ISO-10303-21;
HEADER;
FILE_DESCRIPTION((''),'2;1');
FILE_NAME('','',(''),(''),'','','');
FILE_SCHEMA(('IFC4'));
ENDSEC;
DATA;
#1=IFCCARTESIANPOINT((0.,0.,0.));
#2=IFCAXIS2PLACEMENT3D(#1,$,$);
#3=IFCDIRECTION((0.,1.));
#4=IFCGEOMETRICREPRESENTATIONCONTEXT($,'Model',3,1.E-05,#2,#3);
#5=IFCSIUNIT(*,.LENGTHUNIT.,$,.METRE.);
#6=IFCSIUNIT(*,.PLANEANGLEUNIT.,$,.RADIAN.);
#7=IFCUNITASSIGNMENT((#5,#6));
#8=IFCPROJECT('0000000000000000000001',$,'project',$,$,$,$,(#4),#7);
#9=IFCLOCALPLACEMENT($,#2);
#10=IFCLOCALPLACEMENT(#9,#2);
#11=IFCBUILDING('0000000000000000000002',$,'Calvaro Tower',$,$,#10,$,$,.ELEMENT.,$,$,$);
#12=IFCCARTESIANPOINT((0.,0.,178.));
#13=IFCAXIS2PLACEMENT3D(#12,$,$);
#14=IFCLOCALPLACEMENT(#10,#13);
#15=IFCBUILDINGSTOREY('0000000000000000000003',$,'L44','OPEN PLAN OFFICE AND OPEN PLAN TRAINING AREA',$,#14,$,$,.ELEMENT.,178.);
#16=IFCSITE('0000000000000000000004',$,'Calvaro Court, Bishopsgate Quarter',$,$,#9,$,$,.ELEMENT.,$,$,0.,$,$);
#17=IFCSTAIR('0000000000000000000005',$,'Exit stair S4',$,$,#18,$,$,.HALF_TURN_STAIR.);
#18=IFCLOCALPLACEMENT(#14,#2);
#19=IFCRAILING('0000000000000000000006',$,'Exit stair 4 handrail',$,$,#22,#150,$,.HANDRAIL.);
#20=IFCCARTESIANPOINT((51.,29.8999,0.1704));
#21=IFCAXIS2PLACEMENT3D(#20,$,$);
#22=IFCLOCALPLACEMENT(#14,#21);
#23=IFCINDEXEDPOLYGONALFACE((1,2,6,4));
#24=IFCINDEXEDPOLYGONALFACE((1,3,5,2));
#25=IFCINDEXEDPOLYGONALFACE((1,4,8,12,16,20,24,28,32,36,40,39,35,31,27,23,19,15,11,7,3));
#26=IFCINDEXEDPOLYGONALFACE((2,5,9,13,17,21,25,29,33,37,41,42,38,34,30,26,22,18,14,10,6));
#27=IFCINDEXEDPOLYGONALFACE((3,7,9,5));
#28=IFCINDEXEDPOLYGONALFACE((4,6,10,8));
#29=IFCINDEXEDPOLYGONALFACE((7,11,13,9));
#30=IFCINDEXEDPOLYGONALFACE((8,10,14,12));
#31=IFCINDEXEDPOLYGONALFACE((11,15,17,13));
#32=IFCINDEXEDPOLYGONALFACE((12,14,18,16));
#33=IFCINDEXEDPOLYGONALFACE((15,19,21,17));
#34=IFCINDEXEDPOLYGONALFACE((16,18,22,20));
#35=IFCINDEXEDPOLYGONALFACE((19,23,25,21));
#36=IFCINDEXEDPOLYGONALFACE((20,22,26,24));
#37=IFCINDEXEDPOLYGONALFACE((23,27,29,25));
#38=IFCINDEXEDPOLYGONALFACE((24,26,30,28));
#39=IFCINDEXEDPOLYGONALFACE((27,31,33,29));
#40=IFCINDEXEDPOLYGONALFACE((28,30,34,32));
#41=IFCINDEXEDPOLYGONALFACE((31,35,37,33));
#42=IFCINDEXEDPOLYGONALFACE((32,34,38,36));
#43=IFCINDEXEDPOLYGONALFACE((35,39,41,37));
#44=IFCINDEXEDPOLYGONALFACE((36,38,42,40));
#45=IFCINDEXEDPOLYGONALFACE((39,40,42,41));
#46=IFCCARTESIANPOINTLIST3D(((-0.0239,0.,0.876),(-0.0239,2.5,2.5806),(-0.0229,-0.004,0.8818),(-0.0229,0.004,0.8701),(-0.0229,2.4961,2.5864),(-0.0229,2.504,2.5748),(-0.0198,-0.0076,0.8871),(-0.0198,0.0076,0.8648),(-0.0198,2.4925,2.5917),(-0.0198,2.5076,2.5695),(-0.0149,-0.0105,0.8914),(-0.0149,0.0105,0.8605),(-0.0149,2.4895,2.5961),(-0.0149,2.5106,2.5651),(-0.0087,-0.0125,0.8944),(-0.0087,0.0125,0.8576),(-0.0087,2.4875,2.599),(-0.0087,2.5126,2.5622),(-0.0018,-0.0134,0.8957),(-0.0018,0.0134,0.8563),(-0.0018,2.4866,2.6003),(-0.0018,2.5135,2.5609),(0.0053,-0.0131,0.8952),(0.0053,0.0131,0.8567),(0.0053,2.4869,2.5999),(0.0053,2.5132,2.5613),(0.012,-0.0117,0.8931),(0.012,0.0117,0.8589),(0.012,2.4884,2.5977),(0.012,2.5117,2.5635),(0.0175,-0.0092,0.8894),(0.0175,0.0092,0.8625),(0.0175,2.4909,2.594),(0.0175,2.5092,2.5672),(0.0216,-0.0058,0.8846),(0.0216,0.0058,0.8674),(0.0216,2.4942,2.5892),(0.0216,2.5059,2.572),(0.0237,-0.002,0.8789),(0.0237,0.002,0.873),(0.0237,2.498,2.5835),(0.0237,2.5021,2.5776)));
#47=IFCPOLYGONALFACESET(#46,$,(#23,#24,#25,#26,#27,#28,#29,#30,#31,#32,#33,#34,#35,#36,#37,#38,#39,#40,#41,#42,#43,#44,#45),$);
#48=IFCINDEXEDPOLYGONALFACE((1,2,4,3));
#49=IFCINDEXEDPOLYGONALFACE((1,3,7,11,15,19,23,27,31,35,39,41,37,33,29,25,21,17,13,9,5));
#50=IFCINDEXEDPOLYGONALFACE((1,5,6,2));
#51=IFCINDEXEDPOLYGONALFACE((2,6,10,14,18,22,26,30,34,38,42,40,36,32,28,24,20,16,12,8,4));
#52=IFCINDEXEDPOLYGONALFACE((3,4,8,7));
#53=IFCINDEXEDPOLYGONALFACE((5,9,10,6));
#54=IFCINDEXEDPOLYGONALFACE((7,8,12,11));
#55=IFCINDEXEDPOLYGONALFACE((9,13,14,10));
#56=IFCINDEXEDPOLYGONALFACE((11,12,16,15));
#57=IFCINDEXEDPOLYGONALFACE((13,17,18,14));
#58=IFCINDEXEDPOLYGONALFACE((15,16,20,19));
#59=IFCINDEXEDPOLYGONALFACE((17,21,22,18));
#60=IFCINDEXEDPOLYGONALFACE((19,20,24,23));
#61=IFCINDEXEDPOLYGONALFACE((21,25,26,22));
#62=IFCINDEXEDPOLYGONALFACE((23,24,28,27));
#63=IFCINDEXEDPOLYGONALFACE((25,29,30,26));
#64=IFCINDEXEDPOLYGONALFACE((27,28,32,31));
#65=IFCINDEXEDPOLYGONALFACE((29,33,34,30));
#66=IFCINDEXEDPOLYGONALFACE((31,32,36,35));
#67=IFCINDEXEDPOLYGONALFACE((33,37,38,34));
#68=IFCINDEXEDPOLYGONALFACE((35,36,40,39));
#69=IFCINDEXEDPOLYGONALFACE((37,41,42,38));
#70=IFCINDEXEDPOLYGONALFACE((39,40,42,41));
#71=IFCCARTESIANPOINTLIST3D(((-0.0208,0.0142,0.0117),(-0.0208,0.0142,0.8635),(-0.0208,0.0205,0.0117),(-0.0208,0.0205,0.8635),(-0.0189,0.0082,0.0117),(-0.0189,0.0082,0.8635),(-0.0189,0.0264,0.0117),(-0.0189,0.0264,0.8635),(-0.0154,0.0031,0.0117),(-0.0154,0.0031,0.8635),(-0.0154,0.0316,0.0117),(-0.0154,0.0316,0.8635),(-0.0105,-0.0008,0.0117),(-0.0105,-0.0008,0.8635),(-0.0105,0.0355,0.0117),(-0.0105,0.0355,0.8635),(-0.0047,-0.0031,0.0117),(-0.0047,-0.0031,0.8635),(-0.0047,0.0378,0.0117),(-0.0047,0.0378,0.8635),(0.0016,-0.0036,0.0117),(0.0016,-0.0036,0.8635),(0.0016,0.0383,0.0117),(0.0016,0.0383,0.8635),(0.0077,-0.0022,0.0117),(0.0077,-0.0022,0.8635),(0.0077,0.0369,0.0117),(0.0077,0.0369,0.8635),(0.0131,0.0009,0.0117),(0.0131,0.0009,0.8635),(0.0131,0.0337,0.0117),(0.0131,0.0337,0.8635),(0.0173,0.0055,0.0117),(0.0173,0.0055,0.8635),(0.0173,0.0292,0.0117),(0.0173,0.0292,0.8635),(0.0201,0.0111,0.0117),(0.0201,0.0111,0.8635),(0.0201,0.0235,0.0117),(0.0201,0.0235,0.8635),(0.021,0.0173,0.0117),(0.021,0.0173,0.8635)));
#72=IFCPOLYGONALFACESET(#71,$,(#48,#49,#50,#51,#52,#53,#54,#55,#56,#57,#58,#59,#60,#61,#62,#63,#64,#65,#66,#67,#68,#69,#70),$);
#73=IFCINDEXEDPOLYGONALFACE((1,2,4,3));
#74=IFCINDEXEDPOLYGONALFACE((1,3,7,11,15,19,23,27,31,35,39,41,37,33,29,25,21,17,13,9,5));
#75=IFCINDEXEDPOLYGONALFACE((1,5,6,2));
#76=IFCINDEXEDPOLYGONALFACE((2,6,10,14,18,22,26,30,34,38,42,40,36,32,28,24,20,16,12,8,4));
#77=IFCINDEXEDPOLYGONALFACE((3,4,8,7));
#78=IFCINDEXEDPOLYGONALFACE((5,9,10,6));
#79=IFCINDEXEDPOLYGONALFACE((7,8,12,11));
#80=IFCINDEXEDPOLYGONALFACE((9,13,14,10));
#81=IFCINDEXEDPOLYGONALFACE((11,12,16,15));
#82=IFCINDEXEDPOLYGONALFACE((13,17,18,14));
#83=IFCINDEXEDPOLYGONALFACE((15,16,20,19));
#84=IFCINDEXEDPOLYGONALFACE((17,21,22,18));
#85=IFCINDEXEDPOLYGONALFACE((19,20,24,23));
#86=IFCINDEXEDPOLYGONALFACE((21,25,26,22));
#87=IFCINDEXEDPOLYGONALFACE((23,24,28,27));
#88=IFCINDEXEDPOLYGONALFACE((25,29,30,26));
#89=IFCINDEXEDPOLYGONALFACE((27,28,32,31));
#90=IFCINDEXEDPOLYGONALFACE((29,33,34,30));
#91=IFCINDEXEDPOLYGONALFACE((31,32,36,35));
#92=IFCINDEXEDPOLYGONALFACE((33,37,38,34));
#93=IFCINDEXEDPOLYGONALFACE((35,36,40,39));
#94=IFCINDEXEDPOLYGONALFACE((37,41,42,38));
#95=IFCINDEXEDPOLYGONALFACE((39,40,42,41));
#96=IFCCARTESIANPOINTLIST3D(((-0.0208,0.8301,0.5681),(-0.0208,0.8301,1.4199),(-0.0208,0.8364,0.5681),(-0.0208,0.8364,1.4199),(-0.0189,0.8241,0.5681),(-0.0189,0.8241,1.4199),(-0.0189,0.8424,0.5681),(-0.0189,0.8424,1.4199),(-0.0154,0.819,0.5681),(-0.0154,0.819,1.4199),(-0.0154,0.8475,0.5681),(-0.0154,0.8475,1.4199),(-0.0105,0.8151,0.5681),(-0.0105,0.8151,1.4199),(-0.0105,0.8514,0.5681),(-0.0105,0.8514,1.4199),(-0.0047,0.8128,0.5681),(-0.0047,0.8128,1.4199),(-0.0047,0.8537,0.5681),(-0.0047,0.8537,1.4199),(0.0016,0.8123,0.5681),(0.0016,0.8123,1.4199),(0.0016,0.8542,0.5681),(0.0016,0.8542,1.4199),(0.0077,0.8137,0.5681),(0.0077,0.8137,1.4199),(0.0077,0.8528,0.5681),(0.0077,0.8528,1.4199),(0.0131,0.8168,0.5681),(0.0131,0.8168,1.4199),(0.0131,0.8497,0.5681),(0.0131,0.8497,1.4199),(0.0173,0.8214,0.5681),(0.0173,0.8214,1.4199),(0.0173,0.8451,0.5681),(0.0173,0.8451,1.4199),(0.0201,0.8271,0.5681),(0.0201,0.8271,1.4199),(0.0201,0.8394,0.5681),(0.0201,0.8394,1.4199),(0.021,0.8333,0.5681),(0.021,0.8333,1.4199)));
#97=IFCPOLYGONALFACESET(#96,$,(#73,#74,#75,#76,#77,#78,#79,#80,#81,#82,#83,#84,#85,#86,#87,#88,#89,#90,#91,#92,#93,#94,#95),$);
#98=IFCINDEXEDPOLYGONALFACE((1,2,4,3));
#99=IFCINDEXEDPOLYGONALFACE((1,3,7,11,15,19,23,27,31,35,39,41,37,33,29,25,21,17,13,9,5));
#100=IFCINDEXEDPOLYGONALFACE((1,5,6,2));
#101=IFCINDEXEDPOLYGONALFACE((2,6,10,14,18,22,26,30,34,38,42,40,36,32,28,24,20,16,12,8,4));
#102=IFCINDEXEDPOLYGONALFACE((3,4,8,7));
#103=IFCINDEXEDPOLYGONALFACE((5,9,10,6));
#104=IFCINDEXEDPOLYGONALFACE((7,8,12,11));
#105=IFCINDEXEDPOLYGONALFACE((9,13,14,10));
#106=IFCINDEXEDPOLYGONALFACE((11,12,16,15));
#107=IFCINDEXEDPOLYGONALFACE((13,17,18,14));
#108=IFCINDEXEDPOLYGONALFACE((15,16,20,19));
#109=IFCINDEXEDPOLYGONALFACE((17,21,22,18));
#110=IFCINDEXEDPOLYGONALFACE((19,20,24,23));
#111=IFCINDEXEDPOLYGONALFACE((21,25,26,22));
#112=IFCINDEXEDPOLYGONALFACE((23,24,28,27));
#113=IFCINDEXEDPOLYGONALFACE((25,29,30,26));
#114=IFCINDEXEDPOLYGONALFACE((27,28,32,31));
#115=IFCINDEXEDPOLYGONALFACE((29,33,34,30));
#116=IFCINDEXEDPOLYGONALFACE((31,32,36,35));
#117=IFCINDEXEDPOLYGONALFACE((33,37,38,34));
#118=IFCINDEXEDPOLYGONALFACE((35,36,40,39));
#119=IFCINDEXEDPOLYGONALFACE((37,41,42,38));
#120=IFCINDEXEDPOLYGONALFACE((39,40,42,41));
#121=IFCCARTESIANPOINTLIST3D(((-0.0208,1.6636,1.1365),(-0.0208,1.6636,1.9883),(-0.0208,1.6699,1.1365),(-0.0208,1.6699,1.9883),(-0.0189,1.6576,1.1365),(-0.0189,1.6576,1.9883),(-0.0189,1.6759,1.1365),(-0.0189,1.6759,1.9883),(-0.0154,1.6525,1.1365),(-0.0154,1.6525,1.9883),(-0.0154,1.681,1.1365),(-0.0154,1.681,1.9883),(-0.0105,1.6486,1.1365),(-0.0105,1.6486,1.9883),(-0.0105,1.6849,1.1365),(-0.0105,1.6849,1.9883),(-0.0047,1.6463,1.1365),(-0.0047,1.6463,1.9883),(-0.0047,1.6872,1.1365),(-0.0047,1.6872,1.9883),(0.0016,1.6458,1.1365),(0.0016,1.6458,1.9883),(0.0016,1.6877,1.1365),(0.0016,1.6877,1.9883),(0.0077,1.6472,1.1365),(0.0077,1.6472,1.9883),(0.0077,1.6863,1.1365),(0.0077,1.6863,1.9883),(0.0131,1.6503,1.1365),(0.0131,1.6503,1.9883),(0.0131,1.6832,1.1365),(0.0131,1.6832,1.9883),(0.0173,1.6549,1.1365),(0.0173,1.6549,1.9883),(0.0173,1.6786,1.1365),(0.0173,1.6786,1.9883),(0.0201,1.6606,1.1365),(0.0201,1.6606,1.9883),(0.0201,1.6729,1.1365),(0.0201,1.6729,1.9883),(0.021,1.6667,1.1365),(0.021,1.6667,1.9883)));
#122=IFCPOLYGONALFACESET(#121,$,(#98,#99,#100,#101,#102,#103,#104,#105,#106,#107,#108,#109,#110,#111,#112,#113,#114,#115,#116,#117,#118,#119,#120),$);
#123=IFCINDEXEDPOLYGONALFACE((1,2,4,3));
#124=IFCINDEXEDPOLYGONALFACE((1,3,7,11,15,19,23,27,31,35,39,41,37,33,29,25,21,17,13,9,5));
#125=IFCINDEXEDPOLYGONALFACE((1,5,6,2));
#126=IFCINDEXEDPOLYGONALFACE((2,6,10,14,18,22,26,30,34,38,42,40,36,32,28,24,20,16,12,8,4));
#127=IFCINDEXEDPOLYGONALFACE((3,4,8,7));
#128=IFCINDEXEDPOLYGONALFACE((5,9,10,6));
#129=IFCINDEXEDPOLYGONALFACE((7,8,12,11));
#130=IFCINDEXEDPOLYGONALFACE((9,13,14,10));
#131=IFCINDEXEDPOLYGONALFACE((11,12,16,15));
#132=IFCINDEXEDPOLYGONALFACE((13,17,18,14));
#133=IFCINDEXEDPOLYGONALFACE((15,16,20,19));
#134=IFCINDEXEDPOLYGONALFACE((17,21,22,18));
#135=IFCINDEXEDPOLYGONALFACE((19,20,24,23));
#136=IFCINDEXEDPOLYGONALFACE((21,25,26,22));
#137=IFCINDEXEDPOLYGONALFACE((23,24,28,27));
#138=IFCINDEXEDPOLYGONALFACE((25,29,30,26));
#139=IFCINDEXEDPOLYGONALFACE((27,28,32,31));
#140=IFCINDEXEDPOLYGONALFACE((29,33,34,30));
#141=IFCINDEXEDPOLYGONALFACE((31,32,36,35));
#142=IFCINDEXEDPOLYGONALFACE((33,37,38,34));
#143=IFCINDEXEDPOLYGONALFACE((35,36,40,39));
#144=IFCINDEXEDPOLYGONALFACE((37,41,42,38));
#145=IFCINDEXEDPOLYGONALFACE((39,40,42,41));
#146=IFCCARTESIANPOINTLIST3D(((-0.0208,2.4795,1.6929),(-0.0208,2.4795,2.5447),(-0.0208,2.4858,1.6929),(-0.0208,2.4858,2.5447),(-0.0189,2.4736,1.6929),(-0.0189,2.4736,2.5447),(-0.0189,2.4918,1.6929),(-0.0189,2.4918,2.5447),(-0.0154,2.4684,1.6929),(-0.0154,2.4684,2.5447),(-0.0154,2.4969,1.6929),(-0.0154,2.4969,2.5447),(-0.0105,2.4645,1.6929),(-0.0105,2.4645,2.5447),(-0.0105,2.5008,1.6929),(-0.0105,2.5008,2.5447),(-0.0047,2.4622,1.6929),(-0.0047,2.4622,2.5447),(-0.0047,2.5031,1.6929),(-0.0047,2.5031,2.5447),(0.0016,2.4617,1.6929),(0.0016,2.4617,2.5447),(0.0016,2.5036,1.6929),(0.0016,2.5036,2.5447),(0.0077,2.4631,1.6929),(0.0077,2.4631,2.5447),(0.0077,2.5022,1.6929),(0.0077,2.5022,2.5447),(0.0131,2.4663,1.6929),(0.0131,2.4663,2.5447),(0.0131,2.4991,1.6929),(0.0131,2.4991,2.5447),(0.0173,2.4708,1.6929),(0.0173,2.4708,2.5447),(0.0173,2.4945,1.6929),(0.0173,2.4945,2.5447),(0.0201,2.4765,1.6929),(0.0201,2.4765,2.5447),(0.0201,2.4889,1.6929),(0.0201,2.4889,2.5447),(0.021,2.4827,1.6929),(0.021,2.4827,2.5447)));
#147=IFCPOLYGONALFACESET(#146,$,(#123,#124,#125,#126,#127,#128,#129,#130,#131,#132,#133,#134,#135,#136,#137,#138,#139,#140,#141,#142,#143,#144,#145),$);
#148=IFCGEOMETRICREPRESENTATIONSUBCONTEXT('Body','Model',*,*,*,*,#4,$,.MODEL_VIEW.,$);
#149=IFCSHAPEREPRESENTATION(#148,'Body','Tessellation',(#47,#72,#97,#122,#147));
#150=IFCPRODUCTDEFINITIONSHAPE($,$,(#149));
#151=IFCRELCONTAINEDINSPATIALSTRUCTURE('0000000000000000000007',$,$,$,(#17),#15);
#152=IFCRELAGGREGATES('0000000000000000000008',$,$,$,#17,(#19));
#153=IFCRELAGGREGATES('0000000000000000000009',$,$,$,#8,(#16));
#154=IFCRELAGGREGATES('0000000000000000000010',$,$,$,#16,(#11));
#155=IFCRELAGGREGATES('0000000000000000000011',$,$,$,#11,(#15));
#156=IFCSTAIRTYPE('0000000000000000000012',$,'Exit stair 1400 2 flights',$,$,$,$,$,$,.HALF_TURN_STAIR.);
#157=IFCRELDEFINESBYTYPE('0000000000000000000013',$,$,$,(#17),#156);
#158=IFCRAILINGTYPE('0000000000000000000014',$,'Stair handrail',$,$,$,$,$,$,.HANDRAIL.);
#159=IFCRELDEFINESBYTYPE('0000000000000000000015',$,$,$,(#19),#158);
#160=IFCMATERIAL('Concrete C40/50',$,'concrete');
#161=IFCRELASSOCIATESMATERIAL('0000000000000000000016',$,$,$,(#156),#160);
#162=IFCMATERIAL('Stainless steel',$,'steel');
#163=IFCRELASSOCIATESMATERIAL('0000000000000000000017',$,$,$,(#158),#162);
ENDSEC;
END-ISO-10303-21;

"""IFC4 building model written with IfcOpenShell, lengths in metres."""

from ifc_helpers import new_model, si_unit, direction, frame, origin, origin_2d, place, context, subcontext, project, spatial, circle, extrude, material, type_object, element, aggregate, save


model = new_model("IFC4")

# Units and contexts
model_context = context("Model", 3, precision=1e-05, world=origin(), true_north=direction((0.0, 1.0)))
body_context = subcontext(model_context, "Body", "Model", "MODEL_VIEW")
ifc_project = project(units=[si_unit("LENGTHUNIT", "METRE"), si_unit("PLANEANGLEUNIT", "RADIAN")], contexts=[model_context])

# Site, building, storey
site_placement = place(None, origin())
site = spatial("IfcSite", under=ifc_project, at=site_placement, Name="Calvaro Court, Bishopsgate Quarter", CompositionType="ELEMENT", RefElevation=0.0)
building_placement = place(site_placement, origin())
building = spatial("IfcBuilding", under=site, at=building_placement, Name="Calvaro Tower", CompositionType="ELEMENT")
storey_placement = place(building_placement, frame((0.0, 0.0, 178.0)))
storey = spatial("IfcBuildingStorey", under=building, at=storey_placement, Name="L44", Description="OPEN PLAN OFFICE AND OPEN PLAN TRAINING AREA", CompositionType="ELEMENT", Elevation=178.0)

# Stair
ifc_material_1 = material(Name="Concrete C40/50", Category="concrete")
stair_type = type_object("IfcStairType", Name="Exit stair 1400 2 flights", PredefinedType="HALF_TURN_STAIR", material=ifc_material_1)
stair_1_placement = place(storey_placement, origin())
stair_1 = element("IfcStair", 1, at=stair_1_placement, inside=storey, type_object=stair_type, Name="Exit stair S4", PredefinedType="HALF_TURN_STAIR")

# Railing
ifc_material_2 = material(Name="Stainless steel", Category="steel")
railing_type = type_object("IfcRailingType", Name="Stair handrail", PredefinedType="HANDRAIL", material=ifc_material_2)
railing_1_placement = place(storey_placement, frame((51.0, 29.8999, 0.1704)))
railing_1 = element("IfcRailing", 2, at=railing_1_placement, type_object=railing_type, Name="Exit stair 4 handrail", PredefinedType="HANDRAIL", context=body_context, shape_type="SweptSolid", body=[
    extrude(circle(Radius=0.0239, at=origin_2d()), frame((0.0, 0.0, 0.876), z_axis=(0.0, 0.826221, 0.563347), x_axis=(-1.0, 0.0, 0.0)), (0.0, 0.0, 1.0), 3.0259),
    extrude(circle(Radius=0.021, at=origin_2d()), frame((0.0, 0.0173, 0.0117)), (0.0, 0.0, 1.0), 0.8518),
    extrude(circle(Radius=0.021, at=origin_2d()), frame((0.0, 0.8333, 0.5681)), (0.0, 0.0, 1.0), 0.8518),
    extrude(circle(Radius=0.021, at=origin_2d()), frame((0.0, 1.6667, 1.1365)), (0.0, 0.0, 1.0), 0.8518),
    extrude(circle(Radius=0.021, at=origin_2d()), frame((0.0, 2.4827, 1.6929)), (0.0, 0.0, 1.0), 0.8518),
])
aggregate(stair_1, [railing_1])

save(model, "model.ifc")
